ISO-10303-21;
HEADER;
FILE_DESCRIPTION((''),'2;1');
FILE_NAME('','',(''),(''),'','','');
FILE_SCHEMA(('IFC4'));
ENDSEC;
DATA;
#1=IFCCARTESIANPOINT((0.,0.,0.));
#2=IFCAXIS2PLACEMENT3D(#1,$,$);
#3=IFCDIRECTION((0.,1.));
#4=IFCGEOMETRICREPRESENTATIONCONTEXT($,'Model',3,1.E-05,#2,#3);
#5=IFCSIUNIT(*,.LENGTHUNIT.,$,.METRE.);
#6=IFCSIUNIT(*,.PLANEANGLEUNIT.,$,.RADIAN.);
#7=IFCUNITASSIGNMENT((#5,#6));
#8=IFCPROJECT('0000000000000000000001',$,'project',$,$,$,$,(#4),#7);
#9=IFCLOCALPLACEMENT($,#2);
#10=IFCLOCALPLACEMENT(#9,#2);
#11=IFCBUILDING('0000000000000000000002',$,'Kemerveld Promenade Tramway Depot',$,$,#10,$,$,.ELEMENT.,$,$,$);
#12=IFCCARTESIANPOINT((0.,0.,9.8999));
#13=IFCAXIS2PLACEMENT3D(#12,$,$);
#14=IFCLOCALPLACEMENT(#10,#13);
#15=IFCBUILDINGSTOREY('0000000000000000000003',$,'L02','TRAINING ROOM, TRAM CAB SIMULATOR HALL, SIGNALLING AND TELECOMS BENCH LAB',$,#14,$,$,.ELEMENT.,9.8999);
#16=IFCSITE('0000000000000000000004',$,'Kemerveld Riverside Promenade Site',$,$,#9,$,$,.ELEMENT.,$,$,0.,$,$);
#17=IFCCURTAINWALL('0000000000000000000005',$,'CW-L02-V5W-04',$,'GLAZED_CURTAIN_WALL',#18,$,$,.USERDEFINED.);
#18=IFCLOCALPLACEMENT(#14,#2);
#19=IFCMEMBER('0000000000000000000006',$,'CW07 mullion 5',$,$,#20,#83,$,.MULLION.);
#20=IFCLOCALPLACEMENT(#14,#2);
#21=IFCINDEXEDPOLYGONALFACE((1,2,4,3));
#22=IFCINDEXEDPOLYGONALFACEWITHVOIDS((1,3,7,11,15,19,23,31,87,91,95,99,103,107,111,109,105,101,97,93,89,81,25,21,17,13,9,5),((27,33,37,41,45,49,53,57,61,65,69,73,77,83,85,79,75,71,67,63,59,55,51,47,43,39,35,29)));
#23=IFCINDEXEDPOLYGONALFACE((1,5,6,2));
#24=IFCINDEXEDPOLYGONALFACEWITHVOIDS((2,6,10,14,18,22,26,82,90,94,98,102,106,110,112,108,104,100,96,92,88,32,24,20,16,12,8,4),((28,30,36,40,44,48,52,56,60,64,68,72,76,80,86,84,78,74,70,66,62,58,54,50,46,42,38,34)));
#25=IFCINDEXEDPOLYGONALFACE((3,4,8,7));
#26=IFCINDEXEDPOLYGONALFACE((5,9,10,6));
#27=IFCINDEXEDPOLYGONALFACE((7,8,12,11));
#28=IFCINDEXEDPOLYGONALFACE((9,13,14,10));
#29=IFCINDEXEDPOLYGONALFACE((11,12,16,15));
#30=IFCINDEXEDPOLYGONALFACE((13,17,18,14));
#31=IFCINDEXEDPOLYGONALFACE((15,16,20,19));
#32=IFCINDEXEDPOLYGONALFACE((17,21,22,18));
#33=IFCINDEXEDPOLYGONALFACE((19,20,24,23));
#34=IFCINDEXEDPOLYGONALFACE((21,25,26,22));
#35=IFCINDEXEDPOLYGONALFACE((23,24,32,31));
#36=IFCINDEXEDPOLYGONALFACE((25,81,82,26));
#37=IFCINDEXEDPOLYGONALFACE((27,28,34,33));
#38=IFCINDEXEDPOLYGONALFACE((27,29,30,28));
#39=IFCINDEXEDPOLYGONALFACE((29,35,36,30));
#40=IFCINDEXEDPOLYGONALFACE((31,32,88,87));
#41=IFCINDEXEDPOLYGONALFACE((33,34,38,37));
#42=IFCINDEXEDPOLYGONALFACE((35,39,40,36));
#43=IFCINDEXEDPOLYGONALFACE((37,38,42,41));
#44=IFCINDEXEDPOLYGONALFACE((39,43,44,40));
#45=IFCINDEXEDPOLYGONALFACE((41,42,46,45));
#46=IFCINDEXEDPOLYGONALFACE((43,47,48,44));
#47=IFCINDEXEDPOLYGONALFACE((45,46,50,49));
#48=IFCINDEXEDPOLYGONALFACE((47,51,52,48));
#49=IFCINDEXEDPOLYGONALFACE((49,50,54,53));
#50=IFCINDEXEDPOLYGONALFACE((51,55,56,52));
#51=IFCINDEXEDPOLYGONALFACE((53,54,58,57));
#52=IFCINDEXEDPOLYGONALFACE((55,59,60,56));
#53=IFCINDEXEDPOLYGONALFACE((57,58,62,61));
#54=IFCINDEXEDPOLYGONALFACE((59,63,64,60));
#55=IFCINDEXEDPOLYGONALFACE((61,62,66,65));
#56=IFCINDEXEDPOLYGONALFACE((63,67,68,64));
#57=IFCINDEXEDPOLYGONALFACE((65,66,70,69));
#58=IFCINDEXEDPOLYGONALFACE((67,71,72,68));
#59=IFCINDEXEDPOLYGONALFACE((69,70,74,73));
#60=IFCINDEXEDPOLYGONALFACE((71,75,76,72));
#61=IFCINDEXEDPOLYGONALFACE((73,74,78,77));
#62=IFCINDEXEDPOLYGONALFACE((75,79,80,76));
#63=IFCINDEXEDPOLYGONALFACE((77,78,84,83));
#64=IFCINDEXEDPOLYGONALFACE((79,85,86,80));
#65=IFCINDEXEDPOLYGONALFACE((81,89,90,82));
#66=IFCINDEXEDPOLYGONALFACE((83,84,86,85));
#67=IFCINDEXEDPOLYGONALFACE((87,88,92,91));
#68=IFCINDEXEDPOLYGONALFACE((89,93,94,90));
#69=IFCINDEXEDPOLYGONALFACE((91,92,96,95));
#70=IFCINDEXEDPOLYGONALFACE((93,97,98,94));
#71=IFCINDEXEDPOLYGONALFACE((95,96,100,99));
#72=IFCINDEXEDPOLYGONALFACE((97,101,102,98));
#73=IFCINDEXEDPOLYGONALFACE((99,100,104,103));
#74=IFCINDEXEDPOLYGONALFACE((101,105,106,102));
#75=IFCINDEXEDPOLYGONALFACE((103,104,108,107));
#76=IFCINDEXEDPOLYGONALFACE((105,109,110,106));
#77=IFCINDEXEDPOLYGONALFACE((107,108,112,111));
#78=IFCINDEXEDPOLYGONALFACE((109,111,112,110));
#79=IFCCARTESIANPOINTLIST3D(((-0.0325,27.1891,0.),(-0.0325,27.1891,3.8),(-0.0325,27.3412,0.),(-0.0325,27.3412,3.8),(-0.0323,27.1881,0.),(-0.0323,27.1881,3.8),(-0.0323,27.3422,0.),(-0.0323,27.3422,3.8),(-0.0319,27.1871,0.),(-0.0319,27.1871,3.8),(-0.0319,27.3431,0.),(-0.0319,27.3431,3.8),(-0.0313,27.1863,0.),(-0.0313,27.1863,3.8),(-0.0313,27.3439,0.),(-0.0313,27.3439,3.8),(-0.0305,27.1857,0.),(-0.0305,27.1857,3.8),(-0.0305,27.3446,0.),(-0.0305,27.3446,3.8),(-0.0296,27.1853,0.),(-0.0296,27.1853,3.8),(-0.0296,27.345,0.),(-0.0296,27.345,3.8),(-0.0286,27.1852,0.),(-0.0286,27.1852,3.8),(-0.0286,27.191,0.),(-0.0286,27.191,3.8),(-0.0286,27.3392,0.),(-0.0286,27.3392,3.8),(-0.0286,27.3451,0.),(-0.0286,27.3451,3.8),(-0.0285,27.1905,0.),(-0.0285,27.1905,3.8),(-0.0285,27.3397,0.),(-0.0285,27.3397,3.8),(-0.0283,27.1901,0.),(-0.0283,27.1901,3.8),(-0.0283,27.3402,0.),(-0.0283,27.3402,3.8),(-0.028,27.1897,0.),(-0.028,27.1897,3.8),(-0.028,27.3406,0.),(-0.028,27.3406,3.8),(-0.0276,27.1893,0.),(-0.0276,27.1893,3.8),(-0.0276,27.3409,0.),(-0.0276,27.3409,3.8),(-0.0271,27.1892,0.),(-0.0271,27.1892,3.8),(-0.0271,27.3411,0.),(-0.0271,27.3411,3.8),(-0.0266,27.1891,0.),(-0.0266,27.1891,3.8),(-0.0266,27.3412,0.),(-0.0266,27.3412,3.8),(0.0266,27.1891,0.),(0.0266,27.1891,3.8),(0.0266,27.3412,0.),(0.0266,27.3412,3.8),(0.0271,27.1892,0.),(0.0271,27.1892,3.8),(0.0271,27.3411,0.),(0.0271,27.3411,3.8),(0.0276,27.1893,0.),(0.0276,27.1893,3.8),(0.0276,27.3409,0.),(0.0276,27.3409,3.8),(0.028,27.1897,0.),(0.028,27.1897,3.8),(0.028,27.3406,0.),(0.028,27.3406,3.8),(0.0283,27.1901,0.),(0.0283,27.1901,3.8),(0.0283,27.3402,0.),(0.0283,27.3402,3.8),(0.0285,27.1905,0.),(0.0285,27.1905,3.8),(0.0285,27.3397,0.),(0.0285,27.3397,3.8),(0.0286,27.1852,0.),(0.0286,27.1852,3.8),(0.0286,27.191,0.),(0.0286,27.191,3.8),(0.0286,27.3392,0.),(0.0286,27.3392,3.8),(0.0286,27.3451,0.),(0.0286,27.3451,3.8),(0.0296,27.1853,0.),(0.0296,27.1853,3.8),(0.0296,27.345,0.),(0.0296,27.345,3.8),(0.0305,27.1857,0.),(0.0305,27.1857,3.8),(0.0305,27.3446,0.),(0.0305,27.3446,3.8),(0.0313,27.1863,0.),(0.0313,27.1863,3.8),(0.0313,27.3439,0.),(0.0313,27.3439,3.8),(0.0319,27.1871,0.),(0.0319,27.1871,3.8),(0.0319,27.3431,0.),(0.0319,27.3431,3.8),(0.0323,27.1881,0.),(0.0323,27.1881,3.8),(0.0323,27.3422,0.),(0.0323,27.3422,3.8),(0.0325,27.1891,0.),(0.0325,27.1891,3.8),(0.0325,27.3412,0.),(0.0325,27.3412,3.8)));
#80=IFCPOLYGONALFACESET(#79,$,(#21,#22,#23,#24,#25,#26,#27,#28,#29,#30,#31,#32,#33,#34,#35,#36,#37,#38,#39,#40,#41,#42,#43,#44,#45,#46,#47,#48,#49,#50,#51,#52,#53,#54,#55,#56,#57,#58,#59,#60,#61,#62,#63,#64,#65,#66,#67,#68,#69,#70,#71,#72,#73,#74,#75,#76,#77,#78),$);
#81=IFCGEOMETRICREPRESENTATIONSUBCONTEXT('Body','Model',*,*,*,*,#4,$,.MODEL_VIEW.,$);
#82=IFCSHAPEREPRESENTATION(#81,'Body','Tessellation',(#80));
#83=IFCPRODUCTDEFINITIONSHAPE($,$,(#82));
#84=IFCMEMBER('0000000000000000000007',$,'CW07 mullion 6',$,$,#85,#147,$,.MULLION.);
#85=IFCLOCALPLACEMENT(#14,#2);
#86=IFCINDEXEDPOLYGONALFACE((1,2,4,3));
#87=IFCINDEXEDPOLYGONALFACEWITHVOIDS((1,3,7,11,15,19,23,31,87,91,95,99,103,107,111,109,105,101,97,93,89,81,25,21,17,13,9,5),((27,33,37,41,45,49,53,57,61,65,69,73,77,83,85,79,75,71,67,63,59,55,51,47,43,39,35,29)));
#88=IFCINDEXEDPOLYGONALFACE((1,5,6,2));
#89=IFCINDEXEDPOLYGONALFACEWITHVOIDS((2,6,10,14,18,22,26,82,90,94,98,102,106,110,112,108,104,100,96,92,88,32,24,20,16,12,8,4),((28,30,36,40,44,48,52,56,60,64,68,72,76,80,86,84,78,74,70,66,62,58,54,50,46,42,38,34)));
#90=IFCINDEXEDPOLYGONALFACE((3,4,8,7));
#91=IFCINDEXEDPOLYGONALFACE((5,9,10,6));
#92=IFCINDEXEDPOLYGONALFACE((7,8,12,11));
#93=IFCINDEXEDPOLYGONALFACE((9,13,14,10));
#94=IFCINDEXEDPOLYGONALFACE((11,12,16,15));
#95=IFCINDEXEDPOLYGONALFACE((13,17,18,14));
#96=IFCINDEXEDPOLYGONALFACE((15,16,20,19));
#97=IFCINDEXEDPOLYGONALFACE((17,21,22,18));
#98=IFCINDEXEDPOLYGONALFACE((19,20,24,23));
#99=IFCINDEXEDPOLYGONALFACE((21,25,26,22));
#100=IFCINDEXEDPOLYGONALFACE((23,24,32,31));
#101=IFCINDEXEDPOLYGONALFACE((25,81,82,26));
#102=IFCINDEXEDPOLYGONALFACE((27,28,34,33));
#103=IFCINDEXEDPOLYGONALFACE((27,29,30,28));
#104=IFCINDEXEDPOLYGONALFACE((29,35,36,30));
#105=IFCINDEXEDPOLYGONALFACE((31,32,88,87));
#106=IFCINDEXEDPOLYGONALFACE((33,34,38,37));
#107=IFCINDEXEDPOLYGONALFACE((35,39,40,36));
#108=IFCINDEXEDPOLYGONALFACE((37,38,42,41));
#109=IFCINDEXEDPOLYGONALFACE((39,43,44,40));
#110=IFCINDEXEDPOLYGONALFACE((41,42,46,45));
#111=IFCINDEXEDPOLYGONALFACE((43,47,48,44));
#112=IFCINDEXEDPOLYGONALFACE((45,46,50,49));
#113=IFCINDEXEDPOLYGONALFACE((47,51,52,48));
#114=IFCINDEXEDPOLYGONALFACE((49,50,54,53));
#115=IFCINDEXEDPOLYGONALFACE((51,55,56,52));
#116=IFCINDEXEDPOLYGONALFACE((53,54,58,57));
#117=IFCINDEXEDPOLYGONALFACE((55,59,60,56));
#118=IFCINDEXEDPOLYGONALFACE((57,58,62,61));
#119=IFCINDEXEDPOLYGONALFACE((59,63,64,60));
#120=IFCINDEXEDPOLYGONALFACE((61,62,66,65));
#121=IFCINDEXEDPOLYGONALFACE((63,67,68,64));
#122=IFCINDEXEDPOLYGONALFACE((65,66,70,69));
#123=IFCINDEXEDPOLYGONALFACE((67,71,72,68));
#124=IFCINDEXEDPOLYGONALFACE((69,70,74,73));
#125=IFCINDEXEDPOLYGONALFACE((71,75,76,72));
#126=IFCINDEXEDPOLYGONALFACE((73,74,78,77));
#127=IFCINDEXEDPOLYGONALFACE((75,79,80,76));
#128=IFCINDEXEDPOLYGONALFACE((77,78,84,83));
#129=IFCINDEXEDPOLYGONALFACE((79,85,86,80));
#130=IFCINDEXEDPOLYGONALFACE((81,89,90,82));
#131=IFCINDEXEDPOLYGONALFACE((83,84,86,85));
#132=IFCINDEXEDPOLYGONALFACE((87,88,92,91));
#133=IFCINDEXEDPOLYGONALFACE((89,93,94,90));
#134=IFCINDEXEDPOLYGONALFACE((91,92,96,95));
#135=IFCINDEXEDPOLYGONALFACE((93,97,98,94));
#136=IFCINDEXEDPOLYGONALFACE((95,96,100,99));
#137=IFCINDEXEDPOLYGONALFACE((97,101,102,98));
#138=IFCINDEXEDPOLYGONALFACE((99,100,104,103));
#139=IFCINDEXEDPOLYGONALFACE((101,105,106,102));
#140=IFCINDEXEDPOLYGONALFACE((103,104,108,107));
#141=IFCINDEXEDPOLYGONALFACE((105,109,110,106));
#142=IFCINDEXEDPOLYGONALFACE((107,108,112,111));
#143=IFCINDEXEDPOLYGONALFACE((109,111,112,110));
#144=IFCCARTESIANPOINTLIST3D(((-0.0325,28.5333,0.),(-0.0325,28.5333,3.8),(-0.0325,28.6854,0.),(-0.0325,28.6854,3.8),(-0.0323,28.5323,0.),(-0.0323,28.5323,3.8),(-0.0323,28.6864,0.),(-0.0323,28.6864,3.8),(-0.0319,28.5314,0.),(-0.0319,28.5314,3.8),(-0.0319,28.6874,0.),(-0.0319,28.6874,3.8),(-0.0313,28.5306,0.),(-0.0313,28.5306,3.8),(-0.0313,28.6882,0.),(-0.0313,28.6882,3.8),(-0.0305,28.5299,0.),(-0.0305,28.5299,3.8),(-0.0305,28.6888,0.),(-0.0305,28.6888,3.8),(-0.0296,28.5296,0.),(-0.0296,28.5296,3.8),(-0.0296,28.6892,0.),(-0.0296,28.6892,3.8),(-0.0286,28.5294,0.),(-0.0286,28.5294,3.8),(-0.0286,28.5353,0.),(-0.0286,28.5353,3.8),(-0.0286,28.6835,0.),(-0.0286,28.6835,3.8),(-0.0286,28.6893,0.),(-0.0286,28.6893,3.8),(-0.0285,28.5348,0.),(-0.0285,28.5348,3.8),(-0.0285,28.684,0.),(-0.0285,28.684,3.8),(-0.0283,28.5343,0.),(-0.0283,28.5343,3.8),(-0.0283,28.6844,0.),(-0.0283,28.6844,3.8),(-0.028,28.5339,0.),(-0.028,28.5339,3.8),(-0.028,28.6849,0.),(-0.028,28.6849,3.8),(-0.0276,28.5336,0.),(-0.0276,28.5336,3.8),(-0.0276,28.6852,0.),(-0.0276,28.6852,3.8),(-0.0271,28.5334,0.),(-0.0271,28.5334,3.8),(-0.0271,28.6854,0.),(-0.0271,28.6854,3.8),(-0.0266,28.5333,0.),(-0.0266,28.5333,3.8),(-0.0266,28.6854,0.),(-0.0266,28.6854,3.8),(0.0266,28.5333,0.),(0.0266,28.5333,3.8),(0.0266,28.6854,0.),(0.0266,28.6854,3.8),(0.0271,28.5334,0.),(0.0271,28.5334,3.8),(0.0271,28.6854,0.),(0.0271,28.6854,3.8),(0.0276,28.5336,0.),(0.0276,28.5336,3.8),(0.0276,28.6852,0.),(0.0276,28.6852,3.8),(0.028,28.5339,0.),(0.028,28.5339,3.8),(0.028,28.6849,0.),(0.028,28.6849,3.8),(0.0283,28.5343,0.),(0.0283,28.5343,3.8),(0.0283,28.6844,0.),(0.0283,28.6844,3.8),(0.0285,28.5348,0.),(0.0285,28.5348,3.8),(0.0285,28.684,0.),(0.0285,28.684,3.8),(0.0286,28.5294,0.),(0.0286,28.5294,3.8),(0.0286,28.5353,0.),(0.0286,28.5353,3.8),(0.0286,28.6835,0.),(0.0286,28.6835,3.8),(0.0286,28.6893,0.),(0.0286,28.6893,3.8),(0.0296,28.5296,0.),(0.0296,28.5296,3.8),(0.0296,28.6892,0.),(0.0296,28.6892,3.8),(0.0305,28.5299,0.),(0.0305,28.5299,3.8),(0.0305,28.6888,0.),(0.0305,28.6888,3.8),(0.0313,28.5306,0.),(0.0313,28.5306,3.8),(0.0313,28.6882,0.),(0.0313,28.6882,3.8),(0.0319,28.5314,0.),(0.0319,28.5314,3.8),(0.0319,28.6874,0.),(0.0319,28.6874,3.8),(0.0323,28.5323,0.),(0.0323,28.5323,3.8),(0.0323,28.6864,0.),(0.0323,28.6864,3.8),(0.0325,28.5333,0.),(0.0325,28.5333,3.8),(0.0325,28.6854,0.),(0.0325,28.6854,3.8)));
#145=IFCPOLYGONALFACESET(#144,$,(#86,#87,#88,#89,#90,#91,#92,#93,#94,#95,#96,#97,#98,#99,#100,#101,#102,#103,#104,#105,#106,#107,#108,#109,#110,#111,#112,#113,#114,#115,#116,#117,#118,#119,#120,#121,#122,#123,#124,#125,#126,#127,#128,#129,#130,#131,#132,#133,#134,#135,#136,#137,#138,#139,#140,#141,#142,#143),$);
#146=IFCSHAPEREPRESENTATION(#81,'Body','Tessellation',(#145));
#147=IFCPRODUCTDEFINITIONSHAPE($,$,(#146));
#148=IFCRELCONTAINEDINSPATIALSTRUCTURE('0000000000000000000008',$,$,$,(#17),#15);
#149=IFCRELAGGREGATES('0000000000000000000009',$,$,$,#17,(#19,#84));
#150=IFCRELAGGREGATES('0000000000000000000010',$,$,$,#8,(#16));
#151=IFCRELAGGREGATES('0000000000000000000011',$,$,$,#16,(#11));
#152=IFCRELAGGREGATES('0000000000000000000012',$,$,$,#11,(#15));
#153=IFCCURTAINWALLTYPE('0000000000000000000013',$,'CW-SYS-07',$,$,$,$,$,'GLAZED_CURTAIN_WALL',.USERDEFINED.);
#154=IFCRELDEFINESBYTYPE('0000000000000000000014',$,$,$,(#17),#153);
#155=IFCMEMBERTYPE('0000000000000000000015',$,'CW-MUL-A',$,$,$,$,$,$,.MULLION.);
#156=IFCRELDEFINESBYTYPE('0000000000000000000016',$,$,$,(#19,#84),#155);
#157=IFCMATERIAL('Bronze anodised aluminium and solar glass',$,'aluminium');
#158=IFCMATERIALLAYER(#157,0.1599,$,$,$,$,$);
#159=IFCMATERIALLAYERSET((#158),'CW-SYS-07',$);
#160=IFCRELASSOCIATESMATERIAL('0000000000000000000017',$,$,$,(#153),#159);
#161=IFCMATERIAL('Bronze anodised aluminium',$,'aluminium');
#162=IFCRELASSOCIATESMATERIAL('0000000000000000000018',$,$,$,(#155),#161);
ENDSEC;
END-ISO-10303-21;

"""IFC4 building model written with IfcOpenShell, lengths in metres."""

from ifc_helpers import new_model, si_unit, direction, frame, origin, origin_2d, place, context, subcontext, project, spatial, hollow_rectangle, extrude, material, layer, layer_set, material_profile, profile_set, type_object, element, aggregate, save


model = new_model("IFC4")

# Units and contexts
model_context = context("Model", 3, precision=1e-05, world=origin(), true_north=direction((0.0, 1.0)))
body_context = subcontext(model_context, "Body", "Model", "MODEL_VIEW")
ifc_project = project(units=[si_unit("LENGTHUNIT", "METRE"), si_unit("PLANEANGLEUNIT", "RADIAN")], contexts=[model_context])

# Site, building, storey
site_placement = place(None, origin())
site = spatial("IfcSite", under=ifc_project, at=site_placement, Name="Kemerveld Riverside Promenade Site", CompositionType="ELEMENT", RefElevation=0.0)
building_placement = place(site_placement, origin())
building = spatial("IfcBuilding", under=site, at=building_placement, Name="Kemerveld Promenade Tramway Depot", CompositionType="ELEMENT")
storey_placement = place(building_placement, frame((0.0, 0.0, 9.8999)))
storey = spatial("IfcBuildingStorey", under=building, at=storey_placement, Name="L02", Description="TRAINING ROOM, TRAM CAB SIMULATOR HALL, SIGNALLING AND TELECOMS BENCH LAB", CompositionType="ELEMENT", Elevation=9.8999)

# Curtain wall, members
ifc_material_1 = material(Name="Bronze anodised aluminium and solar glass", Category="aluminium")
ifc_layer_1 = layer(ifc_material_1, 0.1599)
ifc_layer_set_1 = layer_set([ifc_layer_1], Name="CW-SYS-07")
curtain_wall_type = type_object("IfcCurtainWallType", Name="CW-SYS-07", ElementType="GLAZED_CURTAIN_WALL", PredefinedType="USERDEFINED", material=ifc_layer_set_1)
curtain_wall_placement = place(storey_placement, origin())
curtain_wall = element("IfcCurtainWall", 1, at=curtain_wall_placement, inside=storey, type_object=curtain_wall_type, Name="CW-L02-V5W-04", ObjectType="GLAZED_CURTAIN_WALL", PredefinedType="USERDEFINED")
ifc_material_2 = material(Name="Bronze anodised aluminium", Category="aluminium")
ifc_material_profile_1 = material_profile(ifc_material_2, hollow_rectangle(XDim=0.0649, YDim=0.1599, WallThickness=0.0039, InnerFilletRadius=0.002, OuterFilletRadius=0.0039, at=origin_2d()), Name="CW-MUL-160x65")
ifc_profile_set_1 = profile_set([ifc_material_profile_1], Name="Bronze anodised aluminium")
member_type_1 = type_object("IfcMemberType", Name="CW-MUL-A", PredefinedType="MULLION", material=ifc_profile_set_1)
member_1_placement = place(storey_placement, frame((0.0, 27.2651, 0.0), z_axis=(0.0, 0.0, 1.0), x_axis=(-1.0, 0.0, 0.0)))
member_1 = element("IfcMember", 2, at=member_1_placement, type_object=member_type_1, Name="CW07 mullion 5", PredefinedType="MULLION", context=body_context, shape_type="SweptSolid", body=[
    extrude(hollow_rectangle(XDim=0.0649, YDim=0.1599, WallThickness=0.0039, InnerFilletRadius=0.002, OuterFilletRadius=0.0039, at=origin_2d()), origin(), (0.0, 0.0, 1.0), 3.8),
])
member_2_placement = place(storey_placement, frame((0.0, 28.6094, 0.0), z_axis=(0.0, 0.0, 1.0), x_axis=(-1.0, 0.0, 0.0)))
member_2 = element("IfcMember", 3, at=member_2_placement, type_object=member_type_1, Name="CW07 mullion 6", PredefinedType="MULLION", context=body_context, shape_type="SweptSolid", body=[
    extrude(hollow_rectangle(XDim=0.0649, YDim=0.1599, WallThickness=0.0039, InnerFilletRadius=0.002, OuterFilletRadius=0.0039, at=origin_2d()), origin(), (0.0, 0.0, 1.0), 3.8),
])
aggregate(curtain_wall, [member_1, member_2])

save(model, "model.ifc")
